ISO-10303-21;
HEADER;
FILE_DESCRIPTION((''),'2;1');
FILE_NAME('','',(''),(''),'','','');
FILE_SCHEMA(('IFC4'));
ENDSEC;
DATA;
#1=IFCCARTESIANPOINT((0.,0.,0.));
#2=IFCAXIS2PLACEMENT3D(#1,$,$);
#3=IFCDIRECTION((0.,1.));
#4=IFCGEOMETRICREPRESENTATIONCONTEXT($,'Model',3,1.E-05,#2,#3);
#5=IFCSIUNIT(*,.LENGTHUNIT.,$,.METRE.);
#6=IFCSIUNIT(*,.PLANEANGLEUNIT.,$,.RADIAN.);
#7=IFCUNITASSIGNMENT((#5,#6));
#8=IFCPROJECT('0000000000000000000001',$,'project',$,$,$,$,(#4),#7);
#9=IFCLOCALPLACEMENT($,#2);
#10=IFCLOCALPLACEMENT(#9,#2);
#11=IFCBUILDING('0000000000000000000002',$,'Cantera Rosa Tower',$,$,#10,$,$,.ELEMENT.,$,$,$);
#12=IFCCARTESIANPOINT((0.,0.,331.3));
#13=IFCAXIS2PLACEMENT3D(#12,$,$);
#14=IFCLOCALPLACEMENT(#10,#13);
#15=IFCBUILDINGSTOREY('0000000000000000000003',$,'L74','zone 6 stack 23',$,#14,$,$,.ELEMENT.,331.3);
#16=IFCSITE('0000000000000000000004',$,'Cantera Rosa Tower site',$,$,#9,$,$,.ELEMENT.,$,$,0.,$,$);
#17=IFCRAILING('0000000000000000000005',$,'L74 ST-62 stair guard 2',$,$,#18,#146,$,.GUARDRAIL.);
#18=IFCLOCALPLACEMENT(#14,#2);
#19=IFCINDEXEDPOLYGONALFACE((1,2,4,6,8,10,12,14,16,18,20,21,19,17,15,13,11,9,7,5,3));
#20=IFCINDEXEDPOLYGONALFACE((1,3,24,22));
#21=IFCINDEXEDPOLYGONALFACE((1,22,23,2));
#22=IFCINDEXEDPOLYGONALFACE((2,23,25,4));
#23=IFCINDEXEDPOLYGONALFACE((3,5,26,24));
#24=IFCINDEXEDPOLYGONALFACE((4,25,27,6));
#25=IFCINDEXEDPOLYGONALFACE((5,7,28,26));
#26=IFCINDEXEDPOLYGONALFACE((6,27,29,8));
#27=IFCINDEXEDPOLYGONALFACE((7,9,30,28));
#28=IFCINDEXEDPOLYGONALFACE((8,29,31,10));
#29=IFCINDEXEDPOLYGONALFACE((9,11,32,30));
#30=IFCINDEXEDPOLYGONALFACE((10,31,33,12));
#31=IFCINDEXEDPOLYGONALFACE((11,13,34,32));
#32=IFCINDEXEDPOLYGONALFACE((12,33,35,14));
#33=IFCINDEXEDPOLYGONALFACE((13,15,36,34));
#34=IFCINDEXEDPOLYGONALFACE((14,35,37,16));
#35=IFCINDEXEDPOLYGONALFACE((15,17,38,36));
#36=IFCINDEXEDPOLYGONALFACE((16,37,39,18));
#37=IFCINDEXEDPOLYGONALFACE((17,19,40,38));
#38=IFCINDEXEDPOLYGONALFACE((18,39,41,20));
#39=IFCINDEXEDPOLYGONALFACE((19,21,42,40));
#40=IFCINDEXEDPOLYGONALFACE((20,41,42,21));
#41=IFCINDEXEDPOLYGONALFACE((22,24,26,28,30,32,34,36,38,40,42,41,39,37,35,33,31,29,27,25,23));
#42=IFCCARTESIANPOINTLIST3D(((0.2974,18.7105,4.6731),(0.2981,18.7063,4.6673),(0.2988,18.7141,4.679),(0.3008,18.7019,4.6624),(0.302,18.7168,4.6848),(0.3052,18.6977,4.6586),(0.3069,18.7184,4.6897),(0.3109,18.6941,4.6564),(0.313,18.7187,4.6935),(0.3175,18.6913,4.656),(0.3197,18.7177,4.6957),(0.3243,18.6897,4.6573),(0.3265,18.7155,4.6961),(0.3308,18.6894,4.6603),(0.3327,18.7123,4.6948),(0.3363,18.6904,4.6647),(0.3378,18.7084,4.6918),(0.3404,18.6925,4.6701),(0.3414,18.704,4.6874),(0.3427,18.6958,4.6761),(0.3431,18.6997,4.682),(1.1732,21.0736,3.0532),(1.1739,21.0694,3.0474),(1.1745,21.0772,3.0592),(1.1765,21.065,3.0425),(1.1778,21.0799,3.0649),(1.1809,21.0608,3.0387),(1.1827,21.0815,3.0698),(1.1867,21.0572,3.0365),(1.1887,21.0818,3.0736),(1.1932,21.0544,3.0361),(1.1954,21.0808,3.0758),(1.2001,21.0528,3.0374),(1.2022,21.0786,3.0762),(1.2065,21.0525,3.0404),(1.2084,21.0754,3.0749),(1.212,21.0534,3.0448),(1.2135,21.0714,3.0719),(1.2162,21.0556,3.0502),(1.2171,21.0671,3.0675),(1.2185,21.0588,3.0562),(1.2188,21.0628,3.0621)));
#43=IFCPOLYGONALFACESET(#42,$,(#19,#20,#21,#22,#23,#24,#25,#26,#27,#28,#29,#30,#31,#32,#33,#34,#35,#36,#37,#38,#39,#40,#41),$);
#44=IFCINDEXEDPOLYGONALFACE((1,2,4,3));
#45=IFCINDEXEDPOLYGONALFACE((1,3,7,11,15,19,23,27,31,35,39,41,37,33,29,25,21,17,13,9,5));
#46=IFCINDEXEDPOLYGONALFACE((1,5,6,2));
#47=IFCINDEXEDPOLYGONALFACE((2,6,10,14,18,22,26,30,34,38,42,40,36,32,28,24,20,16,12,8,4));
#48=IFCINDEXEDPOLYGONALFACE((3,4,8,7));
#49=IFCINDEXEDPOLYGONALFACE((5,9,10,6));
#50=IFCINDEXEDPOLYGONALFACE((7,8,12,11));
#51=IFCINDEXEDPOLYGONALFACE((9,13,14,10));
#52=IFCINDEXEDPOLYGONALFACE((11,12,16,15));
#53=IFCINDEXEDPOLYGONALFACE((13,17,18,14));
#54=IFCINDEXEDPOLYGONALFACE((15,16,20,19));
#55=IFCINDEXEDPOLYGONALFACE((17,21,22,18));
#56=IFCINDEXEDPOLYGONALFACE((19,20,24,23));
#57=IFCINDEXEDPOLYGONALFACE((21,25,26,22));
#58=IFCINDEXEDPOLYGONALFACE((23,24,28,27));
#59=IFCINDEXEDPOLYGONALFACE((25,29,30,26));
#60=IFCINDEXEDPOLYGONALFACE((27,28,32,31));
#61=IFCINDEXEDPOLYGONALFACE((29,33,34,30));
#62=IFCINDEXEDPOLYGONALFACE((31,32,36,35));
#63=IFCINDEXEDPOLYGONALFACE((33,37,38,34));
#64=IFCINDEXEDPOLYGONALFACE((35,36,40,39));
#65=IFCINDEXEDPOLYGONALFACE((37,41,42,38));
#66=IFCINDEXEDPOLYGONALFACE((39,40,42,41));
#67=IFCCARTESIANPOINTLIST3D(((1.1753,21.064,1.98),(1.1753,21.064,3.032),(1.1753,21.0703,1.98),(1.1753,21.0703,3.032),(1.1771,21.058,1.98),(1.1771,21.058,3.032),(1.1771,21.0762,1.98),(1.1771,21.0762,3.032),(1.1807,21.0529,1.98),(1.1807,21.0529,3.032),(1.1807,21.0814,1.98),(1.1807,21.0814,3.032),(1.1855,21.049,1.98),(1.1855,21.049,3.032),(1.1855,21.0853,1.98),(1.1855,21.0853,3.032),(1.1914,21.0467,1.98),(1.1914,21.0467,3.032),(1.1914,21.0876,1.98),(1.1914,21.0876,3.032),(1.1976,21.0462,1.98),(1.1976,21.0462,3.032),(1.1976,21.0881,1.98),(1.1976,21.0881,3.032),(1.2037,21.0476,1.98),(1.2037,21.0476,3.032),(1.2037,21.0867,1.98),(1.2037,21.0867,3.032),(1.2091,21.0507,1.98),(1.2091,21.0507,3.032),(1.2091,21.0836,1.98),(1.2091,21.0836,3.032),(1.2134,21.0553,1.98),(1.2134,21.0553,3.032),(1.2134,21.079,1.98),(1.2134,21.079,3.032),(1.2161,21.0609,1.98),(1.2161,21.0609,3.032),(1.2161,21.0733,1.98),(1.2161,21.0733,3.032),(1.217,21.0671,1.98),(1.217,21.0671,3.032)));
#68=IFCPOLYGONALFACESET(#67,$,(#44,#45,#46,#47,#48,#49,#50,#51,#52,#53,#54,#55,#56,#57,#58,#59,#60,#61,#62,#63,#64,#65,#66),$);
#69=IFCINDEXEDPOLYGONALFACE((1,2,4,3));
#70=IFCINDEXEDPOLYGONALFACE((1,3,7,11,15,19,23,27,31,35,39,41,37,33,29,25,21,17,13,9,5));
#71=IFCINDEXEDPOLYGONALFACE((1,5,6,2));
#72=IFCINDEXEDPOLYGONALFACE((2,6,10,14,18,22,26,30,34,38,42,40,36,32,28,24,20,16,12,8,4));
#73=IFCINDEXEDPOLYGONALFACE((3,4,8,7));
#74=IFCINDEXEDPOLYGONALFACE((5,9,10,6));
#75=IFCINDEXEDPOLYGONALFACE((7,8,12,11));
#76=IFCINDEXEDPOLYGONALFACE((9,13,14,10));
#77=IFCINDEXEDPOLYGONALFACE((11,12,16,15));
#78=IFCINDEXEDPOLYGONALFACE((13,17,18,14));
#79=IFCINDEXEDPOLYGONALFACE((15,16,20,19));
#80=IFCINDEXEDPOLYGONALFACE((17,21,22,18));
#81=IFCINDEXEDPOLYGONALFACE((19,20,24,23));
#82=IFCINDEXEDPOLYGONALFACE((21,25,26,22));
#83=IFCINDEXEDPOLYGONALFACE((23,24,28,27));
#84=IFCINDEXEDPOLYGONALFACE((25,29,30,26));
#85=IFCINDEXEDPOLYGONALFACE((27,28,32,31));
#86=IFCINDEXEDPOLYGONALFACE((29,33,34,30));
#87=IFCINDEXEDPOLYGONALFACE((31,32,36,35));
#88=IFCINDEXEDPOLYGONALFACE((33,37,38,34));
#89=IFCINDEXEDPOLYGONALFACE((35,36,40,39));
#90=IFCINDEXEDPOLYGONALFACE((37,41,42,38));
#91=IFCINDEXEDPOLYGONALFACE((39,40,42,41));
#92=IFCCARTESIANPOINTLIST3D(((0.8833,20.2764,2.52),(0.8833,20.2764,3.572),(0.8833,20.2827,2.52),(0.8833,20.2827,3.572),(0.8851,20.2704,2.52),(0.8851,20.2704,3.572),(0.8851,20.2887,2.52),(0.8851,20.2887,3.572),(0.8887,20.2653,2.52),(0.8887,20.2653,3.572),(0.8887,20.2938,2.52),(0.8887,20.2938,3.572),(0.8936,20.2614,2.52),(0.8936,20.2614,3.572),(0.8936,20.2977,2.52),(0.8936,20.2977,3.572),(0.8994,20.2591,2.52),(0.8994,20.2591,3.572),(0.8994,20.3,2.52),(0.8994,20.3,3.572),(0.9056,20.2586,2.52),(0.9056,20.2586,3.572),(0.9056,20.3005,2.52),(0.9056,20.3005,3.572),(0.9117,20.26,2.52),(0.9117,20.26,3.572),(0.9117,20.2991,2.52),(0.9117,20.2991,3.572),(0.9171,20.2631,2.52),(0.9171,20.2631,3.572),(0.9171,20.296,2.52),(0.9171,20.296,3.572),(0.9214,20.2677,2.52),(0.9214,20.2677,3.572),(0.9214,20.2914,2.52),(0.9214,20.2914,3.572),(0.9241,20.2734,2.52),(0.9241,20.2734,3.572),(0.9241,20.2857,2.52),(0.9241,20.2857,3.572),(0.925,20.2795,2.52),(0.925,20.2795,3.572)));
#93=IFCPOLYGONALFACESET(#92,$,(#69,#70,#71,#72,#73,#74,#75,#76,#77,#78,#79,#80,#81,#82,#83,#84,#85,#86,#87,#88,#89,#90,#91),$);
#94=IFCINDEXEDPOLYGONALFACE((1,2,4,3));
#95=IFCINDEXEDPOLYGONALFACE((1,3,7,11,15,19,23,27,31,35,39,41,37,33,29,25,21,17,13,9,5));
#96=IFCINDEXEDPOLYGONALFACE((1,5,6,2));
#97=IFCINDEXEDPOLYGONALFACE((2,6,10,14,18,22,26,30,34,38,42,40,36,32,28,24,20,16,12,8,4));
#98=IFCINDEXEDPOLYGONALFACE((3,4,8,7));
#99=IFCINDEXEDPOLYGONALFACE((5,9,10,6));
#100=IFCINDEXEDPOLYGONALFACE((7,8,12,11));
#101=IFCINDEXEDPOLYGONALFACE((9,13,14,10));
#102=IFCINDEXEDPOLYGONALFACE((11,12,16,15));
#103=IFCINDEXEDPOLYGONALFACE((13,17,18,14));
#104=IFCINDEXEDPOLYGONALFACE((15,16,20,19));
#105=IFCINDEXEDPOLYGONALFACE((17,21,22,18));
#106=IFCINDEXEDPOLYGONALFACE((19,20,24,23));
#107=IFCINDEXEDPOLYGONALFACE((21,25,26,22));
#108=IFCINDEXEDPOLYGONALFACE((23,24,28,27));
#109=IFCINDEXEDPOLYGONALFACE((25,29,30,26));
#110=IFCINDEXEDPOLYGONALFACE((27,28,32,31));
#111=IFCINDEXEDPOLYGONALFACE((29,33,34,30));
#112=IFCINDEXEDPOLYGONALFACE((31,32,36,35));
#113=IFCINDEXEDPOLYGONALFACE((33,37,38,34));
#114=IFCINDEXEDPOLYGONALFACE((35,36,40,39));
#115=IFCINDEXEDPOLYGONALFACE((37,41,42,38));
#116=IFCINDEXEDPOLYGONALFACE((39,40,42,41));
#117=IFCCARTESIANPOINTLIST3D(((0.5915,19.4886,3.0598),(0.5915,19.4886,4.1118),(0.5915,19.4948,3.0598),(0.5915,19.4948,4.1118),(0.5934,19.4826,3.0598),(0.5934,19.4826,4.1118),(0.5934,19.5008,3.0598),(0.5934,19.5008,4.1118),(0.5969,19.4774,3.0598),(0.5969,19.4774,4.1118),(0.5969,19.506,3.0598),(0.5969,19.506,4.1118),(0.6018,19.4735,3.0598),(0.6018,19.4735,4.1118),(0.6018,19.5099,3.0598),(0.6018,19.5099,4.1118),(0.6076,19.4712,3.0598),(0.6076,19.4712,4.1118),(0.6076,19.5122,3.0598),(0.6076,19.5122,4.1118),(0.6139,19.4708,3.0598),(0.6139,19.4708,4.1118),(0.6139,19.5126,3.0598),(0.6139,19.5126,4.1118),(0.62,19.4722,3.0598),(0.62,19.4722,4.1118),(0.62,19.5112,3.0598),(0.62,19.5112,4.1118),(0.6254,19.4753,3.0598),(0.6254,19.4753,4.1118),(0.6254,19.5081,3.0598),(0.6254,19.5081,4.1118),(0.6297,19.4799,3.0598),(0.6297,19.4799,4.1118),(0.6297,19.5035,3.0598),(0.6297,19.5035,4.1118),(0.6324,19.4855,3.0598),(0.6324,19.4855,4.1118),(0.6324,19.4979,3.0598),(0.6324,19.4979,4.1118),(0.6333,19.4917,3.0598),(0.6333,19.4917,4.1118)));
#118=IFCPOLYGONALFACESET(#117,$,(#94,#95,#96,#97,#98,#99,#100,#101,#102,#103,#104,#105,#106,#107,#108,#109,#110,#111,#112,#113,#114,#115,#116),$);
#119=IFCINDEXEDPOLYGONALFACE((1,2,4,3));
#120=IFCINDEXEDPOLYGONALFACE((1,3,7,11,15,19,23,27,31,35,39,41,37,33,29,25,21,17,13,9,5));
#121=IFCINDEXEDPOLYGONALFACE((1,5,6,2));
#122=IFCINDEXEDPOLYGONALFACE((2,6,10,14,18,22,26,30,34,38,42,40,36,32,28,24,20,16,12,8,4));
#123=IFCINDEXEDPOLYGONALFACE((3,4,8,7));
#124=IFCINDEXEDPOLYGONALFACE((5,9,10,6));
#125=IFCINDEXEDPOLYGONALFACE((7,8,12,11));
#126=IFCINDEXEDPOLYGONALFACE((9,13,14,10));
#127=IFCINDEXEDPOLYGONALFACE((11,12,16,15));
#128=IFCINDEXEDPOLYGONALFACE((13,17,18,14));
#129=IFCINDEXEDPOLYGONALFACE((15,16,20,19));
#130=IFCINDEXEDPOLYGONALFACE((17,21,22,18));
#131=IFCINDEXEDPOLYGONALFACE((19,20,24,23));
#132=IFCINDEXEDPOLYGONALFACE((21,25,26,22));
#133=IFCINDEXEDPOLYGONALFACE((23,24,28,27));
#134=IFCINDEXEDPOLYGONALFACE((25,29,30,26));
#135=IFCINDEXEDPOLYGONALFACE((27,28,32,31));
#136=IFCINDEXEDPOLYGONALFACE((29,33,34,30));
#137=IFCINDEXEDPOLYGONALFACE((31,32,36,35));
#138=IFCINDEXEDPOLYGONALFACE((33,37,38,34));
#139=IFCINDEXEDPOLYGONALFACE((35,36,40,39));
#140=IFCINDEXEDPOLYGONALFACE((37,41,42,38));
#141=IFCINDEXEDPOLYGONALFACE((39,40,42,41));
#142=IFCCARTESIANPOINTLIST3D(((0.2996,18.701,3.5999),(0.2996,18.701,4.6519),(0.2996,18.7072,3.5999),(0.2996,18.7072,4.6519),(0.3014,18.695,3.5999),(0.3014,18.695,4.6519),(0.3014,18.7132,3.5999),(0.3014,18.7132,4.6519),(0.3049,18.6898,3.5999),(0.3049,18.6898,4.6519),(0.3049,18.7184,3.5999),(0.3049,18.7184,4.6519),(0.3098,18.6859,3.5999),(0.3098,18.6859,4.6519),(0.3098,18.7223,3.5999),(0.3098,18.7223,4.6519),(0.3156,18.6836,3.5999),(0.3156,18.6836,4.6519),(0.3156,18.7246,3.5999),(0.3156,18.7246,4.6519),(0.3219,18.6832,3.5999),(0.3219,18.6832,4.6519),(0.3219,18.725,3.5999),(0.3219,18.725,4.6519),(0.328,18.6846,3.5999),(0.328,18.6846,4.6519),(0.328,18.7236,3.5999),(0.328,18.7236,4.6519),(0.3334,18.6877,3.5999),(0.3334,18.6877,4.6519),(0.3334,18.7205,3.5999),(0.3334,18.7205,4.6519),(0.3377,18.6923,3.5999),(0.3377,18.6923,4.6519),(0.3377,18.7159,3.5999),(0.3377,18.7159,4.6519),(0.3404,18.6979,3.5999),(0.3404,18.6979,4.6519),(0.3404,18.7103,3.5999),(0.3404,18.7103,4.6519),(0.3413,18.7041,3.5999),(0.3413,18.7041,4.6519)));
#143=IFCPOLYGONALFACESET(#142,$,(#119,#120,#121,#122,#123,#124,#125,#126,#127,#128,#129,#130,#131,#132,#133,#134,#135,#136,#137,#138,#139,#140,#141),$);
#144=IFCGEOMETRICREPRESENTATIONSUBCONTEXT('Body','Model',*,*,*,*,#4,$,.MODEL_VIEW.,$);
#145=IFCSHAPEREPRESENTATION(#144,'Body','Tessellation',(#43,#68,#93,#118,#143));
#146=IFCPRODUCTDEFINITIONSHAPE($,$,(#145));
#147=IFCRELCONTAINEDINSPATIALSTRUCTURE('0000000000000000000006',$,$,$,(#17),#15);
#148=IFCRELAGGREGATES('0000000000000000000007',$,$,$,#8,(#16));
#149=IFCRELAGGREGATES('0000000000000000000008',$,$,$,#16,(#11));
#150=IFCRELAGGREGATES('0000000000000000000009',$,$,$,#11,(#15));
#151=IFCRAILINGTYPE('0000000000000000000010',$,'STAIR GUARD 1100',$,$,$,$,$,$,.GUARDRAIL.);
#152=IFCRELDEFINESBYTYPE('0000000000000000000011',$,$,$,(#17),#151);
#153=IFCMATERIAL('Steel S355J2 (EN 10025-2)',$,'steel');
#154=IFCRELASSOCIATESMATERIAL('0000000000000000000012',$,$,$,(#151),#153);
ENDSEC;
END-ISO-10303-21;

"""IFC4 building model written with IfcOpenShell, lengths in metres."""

from ifc_helpers import new_model, si_unit, direction, frame, origin, origin_2d, place, context, subcontext, project, spatial, circle, extrude, material, type_object, element, save


model = new_model("IFC4")

# Units and contexts
model_context = context("Model", 3, precision=1e-05, world=origin(), true_north=direction((0.0, 1.0)))
body_context = subcontext(model_context, "Body", "Model", "MODEL_VIEW")
ifc_project = project(units=[si_unit("LENGTHUNIT", "METRE"), si_unit("PLANEANGLEUNIT", "RADIAN")], contexts=[model_context])

# Site, building, storey
site_placement = place(None, origin())
site = spatial("IfcSite", under=ifc_project, at=site_placement, Name="Cantera Rosa Tower site", CompositionType="ELEMENT", RefElevation=0.0)
building_placement = place(site_placement, origin())
building = spatial("IfcBuilding", under=site, at=building_placement, Name="Cantera Rosa Tower", CompositionType="ELEMENT")
storey_placement = place(building_placement, frame((0.0, 0.0, 331.3)))
storey = spatial("IfcBuildingStorey", under=building, at=storey_placement, Name="L74", Description="zone 6 stack 23", CompositionType="ELEMENT", Elevation=331.3)

# Railing
ifc_material_1 = material(Name="Steel S355J2 (EN 10025-2)", Category="steel")
railing_type_1 = type_object("IfcRailingType", Name="STAIR GUARD 1100", PredefinedType="GUARDRAIL", material=ifc_material_1)
railing_1_placement = place(storey_placement, frame((1.196, 21.0671, 1.98)))
element("IfcRailing", 1, at=railing_1_placement, inside=storey, type_object=railing_type_1, Name="L74 ST-62 stair guard 2", PredefinedType="GUARDRAIL", context=body_context, shape_type="SweptSolid", body=[
    extrude(circle(Radius=0.0239, at=origin_2d()), frame((0.0, 0.0, 1.0762), z_axis=(-0.29232, -0.788782, 0.540714), x_axis=(0.93768, -0.347501, 0.0)), (0.0, 0.0, 1.0), 2.9958),
    extrude(circle(Radius=0.021, at=origin_2d()), origin(), (0.0, 0.0, 1.0), 1.052),
    extrude(circle(Radius=0.021, at=origin_2d()), frame((-0.292, -0.7876, 0.54)), (0.0, 0.0, 1.0), 1.052),
    extrude(circle(Radius=0.021, at=origin_2d()), frame((-0.5837, -1.5754, 1.0798)), (0.0, 0.0, 1.0), 1.052),
    extrude(circle(Radius=0.021, at=origin_2d()), frame((-0.8757, -2.363, 1.6199)), (0.0, 0.0, 1.0), 1.052),
])

save(model, "model.ifc")
